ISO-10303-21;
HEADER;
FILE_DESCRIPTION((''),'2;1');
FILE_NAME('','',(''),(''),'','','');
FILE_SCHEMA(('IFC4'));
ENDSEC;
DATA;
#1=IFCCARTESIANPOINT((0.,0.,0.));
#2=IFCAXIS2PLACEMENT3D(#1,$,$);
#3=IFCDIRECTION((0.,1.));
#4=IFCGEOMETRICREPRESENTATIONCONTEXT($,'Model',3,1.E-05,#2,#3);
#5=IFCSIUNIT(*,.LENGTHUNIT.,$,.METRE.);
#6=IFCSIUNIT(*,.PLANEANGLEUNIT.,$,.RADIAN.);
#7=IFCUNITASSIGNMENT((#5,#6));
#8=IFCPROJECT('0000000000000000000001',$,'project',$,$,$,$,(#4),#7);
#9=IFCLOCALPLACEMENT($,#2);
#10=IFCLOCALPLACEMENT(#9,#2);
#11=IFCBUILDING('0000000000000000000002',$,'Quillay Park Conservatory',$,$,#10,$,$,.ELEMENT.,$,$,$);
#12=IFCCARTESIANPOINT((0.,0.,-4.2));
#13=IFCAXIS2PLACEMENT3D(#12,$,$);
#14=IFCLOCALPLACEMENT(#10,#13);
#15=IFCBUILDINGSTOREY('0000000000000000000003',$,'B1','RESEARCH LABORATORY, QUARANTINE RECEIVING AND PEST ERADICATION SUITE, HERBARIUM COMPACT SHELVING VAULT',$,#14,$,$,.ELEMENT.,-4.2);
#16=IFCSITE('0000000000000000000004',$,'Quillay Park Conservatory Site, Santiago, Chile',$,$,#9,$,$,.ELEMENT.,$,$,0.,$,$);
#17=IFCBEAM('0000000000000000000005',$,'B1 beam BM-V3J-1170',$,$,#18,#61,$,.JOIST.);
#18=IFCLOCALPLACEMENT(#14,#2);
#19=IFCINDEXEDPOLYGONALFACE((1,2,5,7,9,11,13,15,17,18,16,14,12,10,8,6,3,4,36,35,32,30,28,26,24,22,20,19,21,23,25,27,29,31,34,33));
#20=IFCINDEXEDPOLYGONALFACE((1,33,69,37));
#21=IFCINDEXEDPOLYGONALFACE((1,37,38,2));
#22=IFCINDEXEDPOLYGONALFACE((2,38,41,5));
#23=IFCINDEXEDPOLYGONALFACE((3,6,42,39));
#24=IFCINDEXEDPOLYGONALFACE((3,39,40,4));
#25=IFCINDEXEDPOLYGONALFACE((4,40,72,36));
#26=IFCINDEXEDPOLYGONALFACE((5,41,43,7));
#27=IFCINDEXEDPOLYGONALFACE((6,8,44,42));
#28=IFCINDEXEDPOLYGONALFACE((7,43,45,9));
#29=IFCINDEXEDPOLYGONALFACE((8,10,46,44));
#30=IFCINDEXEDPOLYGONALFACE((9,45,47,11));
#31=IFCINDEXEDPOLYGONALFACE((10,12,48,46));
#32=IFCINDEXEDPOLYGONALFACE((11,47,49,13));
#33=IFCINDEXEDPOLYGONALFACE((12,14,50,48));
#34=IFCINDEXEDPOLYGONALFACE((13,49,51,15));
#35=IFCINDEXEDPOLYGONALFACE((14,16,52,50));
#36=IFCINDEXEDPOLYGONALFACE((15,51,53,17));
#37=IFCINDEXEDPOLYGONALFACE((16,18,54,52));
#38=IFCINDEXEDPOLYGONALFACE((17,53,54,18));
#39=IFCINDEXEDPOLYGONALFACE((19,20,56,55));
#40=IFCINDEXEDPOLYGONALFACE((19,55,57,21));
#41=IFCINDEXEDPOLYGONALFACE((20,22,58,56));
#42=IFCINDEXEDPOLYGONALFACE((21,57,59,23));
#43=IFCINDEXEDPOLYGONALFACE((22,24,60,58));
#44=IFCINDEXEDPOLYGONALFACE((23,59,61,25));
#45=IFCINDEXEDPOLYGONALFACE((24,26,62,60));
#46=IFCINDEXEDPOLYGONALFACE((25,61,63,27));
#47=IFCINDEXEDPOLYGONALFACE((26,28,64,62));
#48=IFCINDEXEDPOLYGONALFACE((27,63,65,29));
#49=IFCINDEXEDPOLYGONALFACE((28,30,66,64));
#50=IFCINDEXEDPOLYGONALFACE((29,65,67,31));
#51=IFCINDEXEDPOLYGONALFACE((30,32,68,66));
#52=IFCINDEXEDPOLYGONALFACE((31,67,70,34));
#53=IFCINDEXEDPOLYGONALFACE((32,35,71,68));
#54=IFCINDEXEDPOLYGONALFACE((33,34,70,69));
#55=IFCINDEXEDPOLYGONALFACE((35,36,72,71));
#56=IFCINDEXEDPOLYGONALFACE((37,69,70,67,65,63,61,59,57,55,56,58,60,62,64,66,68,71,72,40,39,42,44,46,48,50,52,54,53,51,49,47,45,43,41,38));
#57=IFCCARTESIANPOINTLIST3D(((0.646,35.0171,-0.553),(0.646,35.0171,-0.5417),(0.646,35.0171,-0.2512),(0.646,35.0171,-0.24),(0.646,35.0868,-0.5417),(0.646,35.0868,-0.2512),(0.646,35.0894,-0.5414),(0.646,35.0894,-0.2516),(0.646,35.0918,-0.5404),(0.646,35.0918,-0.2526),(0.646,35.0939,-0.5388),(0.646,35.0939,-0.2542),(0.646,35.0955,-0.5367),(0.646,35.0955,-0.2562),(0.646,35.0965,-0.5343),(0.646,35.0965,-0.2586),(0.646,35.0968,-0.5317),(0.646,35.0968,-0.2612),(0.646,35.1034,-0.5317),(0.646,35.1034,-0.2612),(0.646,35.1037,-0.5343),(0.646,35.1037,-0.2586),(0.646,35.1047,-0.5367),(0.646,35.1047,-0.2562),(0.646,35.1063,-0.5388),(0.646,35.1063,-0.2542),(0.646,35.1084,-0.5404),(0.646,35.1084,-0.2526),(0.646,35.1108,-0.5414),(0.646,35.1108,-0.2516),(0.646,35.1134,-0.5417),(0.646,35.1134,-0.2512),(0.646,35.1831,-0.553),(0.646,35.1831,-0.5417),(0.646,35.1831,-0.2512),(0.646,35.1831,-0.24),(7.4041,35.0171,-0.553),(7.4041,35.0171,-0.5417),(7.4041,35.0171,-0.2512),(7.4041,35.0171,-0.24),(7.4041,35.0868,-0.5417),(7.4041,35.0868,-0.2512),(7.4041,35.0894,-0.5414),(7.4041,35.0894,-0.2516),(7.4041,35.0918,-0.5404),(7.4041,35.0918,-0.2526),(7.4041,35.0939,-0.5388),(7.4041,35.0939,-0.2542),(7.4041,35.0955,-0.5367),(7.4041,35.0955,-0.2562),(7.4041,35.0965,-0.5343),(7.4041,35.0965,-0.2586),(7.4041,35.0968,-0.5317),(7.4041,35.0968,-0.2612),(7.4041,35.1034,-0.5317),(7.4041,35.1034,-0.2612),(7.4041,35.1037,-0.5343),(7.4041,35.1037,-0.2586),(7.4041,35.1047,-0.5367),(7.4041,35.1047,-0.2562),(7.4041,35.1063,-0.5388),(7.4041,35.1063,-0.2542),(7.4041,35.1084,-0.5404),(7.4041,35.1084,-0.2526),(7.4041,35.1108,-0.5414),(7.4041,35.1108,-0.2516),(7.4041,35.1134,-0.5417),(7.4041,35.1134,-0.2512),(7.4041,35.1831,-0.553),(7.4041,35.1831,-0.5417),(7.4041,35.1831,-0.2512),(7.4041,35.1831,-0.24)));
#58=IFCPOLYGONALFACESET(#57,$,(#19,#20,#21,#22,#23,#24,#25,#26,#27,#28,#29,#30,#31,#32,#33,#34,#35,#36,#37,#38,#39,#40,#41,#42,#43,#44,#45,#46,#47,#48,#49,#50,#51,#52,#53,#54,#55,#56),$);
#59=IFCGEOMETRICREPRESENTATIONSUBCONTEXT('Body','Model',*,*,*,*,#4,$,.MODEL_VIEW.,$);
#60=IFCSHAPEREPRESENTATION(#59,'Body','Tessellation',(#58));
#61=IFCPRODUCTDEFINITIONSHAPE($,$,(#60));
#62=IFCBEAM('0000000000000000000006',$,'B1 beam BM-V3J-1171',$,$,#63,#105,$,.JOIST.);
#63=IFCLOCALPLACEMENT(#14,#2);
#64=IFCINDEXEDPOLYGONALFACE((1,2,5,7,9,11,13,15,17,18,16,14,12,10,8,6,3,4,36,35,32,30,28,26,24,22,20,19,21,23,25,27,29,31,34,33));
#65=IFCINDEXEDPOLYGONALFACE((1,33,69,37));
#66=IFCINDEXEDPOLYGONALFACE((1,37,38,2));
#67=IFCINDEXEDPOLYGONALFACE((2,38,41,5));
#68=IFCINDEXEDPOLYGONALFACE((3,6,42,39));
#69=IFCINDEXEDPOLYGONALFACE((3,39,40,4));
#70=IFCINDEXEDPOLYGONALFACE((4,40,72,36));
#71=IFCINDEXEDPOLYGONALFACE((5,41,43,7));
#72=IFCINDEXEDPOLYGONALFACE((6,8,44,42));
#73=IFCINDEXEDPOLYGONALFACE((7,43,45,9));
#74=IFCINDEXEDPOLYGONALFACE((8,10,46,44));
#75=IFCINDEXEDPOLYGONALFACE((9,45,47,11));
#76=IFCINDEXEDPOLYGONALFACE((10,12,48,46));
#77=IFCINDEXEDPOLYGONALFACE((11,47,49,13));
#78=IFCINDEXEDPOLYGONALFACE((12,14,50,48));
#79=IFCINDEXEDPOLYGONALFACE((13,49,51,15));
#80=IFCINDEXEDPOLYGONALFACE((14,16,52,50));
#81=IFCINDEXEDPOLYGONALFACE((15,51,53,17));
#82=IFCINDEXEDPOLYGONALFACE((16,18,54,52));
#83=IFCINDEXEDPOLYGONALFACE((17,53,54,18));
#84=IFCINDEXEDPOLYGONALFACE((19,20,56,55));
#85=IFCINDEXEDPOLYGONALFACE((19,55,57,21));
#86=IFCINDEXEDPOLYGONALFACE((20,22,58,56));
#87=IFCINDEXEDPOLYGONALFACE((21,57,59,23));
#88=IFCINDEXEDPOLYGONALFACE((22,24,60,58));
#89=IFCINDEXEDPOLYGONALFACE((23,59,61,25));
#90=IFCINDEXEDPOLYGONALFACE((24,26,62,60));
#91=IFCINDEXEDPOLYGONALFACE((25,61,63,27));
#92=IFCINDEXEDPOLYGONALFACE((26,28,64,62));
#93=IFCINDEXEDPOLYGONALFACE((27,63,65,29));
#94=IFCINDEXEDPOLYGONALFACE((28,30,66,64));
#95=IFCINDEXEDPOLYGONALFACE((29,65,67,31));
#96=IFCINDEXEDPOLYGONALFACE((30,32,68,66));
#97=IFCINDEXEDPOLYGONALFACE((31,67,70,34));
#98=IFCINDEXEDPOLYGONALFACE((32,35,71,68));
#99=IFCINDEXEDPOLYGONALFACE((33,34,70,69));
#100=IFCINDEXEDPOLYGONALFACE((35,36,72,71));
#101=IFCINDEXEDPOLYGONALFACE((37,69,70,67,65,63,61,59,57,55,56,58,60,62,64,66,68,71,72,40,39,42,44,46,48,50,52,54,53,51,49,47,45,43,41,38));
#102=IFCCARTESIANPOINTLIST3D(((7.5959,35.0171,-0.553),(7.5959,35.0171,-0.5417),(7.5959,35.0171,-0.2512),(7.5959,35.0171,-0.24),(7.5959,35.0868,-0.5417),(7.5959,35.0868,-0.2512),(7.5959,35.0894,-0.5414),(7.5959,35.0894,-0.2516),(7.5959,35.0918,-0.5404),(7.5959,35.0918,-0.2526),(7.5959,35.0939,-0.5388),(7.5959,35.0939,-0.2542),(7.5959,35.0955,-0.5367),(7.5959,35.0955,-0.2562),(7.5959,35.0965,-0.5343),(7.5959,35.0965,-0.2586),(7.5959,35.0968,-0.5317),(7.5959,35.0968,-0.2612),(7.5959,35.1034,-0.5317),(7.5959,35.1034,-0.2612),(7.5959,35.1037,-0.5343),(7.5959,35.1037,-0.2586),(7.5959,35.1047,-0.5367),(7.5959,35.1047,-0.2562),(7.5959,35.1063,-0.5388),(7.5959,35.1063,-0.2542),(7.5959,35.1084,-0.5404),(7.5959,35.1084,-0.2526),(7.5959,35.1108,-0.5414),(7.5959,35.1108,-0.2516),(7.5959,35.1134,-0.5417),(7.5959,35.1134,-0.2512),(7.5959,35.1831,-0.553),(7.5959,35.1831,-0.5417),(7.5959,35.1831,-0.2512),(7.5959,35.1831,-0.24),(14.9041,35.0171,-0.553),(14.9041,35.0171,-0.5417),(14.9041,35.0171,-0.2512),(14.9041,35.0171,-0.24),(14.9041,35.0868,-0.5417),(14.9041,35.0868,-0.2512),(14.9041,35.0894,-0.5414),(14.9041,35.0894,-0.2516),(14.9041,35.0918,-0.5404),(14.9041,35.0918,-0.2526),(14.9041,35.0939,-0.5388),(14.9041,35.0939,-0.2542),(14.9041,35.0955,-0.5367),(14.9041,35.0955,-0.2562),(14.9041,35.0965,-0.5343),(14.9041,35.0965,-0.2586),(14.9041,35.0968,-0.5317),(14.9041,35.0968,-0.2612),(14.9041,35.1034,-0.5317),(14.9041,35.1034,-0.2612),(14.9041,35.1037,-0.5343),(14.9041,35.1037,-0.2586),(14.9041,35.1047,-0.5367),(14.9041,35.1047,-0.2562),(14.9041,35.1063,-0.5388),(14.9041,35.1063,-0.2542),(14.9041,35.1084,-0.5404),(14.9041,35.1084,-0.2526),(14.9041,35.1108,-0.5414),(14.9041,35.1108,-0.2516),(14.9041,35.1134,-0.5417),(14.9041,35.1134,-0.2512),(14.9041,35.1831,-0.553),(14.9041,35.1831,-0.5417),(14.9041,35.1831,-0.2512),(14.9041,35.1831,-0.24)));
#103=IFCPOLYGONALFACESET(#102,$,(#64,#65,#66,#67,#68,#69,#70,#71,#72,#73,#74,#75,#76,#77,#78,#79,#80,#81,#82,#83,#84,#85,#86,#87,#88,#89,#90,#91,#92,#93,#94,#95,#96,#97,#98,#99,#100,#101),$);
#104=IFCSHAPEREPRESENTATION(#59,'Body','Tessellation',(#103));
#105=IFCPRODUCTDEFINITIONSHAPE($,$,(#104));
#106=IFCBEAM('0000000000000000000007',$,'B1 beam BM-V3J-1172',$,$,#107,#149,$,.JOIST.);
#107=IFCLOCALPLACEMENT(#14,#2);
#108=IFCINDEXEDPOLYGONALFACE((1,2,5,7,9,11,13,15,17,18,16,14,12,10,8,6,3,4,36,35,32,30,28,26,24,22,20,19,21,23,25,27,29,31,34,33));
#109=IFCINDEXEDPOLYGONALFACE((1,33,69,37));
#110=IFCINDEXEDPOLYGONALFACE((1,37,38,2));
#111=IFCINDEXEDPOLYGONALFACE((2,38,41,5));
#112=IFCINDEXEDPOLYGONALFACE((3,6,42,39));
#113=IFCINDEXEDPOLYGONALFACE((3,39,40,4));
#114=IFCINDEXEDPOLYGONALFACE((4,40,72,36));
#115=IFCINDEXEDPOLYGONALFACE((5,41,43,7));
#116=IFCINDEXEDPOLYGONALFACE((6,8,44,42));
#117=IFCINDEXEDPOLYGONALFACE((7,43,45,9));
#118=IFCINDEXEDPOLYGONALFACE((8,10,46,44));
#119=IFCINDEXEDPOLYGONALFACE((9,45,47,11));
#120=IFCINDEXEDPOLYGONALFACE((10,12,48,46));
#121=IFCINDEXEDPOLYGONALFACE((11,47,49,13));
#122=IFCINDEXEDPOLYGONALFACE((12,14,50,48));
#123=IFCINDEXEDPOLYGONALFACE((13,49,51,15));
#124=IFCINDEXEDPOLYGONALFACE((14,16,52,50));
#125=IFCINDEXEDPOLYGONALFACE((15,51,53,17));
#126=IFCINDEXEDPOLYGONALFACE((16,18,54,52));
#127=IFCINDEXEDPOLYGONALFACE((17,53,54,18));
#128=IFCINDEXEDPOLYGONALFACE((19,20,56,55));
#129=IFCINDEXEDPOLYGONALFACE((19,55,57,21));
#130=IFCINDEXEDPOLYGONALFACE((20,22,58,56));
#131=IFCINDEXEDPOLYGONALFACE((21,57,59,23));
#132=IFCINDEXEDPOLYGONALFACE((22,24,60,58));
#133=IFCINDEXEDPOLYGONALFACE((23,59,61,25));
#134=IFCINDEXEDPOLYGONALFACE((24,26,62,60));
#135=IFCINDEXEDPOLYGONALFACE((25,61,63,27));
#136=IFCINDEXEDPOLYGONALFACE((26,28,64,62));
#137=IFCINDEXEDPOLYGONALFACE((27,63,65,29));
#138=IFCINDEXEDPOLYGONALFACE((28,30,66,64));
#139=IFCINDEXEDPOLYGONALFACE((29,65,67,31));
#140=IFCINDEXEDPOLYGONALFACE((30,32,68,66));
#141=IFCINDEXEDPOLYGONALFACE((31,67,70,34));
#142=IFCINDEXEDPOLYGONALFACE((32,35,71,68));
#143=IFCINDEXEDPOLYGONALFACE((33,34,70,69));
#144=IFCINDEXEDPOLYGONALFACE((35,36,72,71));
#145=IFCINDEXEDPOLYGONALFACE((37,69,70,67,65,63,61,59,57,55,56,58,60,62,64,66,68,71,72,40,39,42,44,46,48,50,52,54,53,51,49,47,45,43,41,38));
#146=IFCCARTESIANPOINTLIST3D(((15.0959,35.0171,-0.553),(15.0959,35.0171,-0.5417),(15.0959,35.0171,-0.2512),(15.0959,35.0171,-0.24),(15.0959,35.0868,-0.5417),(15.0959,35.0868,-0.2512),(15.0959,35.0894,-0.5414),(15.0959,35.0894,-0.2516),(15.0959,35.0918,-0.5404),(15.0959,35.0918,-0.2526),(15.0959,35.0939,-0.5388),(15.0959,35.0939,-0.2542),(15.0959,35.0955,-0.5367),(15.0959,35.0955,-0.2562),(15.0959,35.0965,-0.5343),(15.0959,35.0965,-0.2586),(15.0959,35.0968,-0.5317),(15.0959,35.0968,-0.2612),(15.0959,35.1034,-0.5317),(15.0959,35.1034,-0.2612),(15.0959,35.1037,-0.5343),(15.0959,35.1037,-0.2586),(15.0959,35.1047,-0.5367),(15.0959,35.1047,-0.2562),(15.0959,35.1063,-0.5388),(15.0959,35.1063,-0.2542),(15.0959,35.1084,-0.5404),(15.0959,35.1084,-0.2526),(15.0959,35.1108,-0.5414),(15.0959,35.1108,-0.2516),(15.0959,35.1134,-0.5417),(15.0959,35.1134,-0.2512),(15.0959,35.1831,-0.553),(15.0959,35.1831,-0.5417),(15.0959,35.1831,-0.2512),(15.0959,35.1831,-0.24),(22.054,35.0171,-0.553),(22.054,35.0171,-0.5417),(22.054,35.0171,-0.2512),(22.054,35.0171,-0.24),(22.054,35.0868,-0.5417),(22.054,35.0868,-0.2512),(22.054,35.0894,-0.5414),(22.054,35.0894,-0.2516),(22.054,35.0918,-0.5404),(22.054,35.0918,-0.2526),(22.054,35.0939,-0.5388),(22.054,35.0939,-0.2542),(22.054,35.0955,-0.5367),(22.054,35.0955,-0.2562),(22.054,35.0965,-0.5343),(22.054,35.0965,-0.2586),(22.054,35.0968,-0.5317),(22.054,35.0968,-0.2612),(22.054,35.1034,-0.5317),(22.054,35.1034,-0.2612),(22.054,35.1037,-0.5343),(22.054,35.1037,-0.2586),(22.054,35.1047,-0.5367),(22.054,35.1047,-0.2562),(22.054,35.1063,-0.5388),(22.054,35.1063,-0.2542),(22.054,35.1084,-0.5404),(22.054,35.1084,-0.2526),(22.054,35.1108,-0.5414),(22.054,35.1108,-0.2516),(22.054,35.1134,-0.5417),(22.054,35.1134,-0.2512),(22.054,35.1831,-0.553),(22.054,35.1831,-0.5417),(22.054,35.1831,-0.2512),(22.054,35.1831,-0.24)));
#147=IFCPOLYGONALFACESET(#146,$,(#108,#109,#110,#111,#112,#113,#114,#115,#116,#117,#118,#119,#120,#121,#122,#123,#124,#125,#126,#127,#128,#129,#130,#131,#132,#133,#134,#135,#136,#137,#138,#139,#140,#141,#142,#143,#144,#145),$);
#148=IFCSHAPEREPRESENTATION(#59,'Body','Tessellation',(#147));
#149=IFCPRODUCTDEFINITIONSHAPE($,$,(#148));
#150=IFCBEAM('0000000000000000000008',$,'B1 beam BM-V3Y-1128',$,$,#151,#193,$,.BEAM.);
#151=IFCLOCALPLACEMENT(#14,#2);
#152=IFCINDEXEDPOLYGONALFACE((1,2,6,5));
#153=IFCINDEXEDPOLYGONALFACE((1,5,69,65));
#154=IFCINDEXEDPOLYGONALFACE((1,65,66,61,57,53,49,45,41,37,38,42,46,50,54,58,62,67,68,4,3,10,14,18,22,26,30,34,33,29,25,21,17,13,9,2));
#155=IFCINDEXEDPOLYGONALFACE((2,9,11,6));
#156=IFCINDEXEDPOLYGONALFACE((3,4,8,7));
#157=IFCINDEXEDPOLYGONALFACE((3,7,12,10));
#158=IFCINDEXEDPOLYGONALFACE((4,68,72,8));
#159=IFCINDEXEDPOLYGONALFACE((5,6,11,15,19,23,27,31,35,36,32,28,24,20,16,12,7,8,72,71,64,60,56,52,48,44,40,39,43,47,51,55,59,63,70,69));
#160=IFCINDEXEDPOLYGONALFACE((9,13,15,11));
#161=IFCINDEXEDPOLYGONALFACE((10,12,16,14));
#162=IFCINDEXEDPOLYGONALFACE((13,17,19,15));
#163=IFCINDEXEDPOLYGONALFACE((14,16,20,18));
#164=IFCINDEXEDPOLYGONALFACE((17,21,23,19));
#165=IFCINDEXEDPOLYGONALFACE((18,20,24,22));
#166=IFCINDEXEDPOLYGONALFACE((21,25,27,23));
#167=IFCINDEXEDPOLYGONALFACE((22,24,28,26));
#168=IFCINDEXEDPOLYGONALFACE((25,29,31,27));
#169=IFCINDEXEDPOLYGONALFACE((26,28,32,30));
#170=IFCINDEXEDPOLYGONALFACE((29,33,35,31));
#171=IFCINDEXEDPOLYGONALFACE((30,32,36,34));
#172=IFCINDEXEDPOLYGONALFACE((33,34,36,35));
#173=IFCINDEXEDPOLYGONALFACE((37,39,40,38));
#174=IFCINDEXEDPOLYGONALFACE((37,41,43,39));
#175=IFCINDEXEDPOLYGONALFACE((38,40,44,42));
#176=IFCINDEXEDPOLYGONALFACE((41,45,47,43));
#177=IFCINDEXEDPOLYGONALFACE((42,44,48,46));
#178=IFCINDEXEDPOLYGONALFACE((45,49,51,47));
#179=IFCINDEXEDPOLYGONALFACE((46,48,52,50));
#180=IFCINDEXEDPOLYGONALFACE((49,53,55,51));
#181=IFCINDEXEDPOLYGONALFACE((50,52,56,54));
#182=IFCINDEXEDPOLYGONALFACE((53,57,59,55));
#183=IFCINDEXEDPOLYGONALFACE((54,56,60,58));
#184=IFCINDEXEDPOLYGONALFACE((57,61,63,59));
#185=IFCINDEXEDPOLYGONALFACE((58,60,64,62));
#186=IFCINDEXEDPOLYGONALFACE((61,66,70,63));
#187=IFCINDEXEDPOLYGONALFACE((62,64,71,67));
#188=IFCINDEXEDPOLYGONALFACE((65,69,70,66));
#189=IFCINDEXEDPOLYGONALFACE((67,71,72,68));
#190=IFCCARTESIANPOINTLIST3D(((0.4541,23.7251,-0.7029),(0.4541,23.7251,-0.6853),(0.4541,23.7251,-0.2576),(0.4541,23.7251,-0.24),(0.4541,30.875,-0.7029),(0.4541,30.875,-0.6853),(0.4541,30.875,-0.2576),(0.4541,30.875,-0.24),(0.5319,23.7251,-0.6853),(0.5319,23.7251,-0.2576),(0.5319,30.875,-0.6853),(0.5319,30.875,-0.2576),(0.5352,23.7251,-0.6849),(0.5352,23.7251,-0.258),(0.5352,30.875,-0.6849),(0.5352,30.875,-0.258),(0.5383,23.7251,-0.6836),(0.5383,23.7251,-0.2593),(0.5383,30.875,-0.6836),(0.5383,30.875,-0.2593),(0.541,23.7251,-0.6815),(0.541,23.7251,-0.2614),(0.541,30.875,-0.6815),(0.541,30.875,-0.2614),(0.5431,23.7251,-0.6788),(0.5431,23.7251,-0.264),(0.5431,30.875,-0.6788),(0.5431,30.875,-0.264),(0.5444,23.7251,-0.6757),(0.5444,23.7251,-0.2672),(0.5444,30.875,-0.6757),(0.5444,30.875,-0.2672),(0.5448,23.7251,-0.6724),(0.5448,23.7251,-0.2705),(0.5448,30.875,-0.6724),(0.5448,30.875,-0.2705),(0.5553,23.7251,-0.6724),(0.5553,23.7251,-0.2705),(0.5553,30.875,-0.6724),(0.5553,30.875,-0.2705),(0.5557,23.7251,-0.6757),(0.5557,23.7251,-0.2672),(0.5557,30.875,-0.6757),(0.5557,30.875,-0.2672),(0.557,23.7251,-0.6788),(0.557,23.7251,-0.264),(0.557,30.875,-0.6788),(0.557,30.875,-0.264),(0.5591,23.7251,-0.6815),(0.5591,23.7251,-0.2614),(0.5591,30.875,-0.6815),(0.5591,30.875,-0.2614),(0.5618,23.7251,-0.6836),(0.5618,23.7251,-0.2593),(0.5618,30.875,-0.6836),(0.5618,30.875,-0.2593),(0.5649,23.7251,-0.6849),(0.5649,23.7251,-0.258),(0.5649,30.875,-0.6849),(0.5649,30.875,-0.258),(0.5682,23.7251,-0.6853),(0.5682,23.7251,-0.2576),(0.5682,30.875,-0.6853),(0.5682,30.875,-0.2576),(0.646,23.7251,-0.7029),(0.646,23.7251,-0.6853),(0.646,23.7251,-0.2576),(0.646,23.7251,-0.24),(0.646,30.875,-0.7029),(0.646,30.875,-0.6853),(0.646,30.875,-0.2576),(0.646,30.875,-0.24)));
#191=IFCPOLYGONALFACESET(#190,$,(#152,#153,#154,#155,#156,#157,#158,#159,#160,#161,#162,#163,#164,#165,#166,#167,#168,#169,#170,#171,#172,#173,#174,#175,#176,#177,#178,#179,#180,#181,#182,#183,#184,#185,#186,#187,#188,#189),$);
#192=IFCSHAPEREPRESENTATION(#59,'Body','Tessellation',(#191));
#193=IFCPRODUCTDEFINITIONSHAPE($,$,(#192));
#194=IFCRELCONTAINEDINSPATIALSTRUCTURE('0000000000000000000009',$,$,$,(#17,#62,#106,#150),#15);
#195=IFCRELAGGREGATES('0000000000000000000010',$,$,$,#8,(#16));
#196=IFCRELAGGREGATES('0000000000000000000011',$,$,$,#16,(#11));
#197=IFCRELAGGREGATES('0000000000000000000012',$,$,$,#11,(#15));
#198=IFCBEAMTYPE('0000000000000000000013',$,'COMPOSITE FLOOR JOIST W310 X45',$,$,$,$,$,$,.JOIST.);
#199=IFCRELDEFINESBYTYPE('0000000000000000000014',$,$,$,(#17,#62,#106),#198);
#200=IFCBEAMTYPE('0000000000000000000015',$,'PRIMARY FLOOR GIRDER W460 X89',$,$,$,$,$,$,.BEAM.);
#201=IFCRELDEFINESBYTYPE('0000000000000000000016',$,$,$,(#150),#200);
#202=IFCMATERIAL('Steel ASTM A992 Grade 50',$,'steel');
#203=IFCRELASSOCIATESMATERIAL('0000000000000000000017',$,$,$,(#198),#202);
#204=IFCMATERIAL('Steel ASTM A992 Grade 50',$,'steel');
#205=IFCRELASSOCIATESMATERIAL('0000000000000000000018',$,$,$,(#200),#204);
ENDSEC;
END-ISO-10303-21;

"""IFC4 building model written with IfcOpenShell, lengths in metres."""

from ifc_helpers import new_model, si_unit, direction, frame, origin, origin_2d, place, context, subcontext, project, spatial, i_section, extrude, material, material_profile, profile_set, type_object, element, save


model = new_model("IFC4")

# Units and contexts
model_context = context("Model", 3, precision=1e-05, world=origin(), true_north=direction((0.0, 1.0)))
body_context = subcontext(model_context, "Body", "Model", "MODEL_VIEW")
ifc_project = project(units=[si_unit("LENGTHUNIT", "METRE"), si_unit("PLANEANGLEUNIT", "RADIAN")], contexts=[model_context])

# Site, building, storey
site_placement = place(None, origin())
site = spatial("IfcSite", under=ifc_project, at=site_placement, Name="Quillay Park Conservatory Site, Santiago, Chile", CompositionType="ELEMENT", RefElevation=0.0)
building_placement = place(site_placement, origin())
building = spatial("IfcBuilding", under=site, at=building_placement, Name="Quillay Park Conservatory", CompositionType="ELEMENT")
storey_placement = place(building_placement, frame((0.0, 0.0, -4.2)))
storey = spatial("IfcBuildingStorey", under=building, at=storey_placement, Name="B1", Description="RESEARCH LABORATORY, QUARANTINE RECEIVING AND PEST ERADICATION SUITE, HERBARIUM COMPACT SHELVING VAULT", CompositionType="ELEMENT", Elevation=-4.2)

# Beams
ifc_material_1 = material(Name="Steel ASTM A992 Grade 50", Category="steel")
ifc_material_profile_1 = material_profile(ifc_material_1, i_section(OverallWidth=0.166, OverallDepth=0.313, WebThickness=0.0066, FlangeThickness=0.0112, FilletRadius=0.01, at=origin_2d()), Name="W310x45")
ifc_profile_set_1 = profile_set([ifc_material_profile_1], Name="Steel ASTM A992 Grade 50")
beam_type_1 = type_object("IfcBeamType", Name="COMPOSITE FLOOR JOIST W310 X45", PredefinedType="JOIST", material=ifc_profile_set_1)
beam_1_placement = place(storey_placement, frame((0.646, 35.1001, -0.3965), z_axis=(1.0, 0.0, 0.0), x_axis=(0.0, 1.0, 0.0)))
element("IfcBeam", 1, at=beam_1_placement, inside=storey, type_object=beam_type_1, Name="B1 beam BM-V3J-1170", PredefinedType="JOIST", context=body_context, shape_type="SweptSolid", body=[
    extrude(i_section(OverallWidth=0.166, OverallDepth=0.313, WebThickness=0.0066, FlangeThickness=0.0112, FilletRadius=0.01, at=origin_2d()), origin(), (0.0, 0.0, 1.0), 6.7581),
])
beam_2_placement = place(storey_placement, frame((7.5959, 35.1001, -0.3965), z_axis=(1.0, 0.0, 0.0), x_axis=(0.0, 1.0, 0.0)))
element("IfcBeam", 2, at=beam_2_placement, inside=storey, type_object=beam_type_1, Name="B1 beam BM-V3J-1171", PredefinedType="JOIST", context=body_context, shape_type="SweptSolid", body=[
    extrude(i_section(OverallWidth=0.166, OverallDepth=0.313, WebThickness=0.0066, FlangeThickness=0.0112, FilletRadius=0.01, at=origin_2d()), origin(), (0.0, 0.0, 1.0), 7.3081),
])
beam_3_placement = place(storey_placement, frame((15.0959, 35.1001, -0.3965), z_axis=(1.0, 0.0, 0.0), x_axis=(0.0, 1.0, 0.0)))
element("IfcBeam", 3, at=beam_3_placement, inside=storey, type_object=beam_type_1, Name="B1 beam BM-V3J-1172", PredefinedType="JOIST", context=body_context, shape_type="SweptSolid", body=[
    extrude(i_section(OverallWidth=0.166, OverallDepth=0.313, WebThickness=0.0066, FlangeThickness=0.0112, FilletRadius=0.01, at=origin_2d()), origin(), (0.0, 0.0, 1.0), 6.958),
])
ifc_material_2 = material(Name="Steel ASTM A992 Grade 50", Category="steel")
ifc_material_profile_2 = material_profile(ifc_material_2, i_section(OverallWidth=0.1919, OverallDepth=0.4629, WebThickness=0.0105, FlangeThickness=0.0176, FilletRadius=0.0129, at=origin_2d()), Name="W460x89")
ifc_profile_set_2 = profile_set([ifc_material_profile_2], Name="Steel ASTM A992 Grade 50")
beam_type_2 = type_object("IfcBeamType", Name="PRIMARY FLOOR GIRDER W460 X89", PredefinedType="BEAM", material=ifc_profile_set_2)
beam_4_placement = place(storey_placement, frame((0.55, 23.7251, -0.4714), z_axis=(0.0, 1.0, 0.0), x_axis=(-1.0, 0.0, 0.0)))
element("IfcBeam", 4, at=beam_4_placement, inside=storey, type_object=beam_type_2, Name="B1 beam BM-V3Y-1128", PredefinedType="BEAM", context=body_context, shape_type="SweptSolid", body=[
    extrude(i_section(OverallWidth=0.1919, OverallDepth=0.4629, WebThickness=0.0105, FlangeThickness=0.0176, FilletRadius=0.0129, at=origin_2d()), origin(), (0.0, 0.0, 1.0), 7.1499),
])

save(model, "model.ifc")
